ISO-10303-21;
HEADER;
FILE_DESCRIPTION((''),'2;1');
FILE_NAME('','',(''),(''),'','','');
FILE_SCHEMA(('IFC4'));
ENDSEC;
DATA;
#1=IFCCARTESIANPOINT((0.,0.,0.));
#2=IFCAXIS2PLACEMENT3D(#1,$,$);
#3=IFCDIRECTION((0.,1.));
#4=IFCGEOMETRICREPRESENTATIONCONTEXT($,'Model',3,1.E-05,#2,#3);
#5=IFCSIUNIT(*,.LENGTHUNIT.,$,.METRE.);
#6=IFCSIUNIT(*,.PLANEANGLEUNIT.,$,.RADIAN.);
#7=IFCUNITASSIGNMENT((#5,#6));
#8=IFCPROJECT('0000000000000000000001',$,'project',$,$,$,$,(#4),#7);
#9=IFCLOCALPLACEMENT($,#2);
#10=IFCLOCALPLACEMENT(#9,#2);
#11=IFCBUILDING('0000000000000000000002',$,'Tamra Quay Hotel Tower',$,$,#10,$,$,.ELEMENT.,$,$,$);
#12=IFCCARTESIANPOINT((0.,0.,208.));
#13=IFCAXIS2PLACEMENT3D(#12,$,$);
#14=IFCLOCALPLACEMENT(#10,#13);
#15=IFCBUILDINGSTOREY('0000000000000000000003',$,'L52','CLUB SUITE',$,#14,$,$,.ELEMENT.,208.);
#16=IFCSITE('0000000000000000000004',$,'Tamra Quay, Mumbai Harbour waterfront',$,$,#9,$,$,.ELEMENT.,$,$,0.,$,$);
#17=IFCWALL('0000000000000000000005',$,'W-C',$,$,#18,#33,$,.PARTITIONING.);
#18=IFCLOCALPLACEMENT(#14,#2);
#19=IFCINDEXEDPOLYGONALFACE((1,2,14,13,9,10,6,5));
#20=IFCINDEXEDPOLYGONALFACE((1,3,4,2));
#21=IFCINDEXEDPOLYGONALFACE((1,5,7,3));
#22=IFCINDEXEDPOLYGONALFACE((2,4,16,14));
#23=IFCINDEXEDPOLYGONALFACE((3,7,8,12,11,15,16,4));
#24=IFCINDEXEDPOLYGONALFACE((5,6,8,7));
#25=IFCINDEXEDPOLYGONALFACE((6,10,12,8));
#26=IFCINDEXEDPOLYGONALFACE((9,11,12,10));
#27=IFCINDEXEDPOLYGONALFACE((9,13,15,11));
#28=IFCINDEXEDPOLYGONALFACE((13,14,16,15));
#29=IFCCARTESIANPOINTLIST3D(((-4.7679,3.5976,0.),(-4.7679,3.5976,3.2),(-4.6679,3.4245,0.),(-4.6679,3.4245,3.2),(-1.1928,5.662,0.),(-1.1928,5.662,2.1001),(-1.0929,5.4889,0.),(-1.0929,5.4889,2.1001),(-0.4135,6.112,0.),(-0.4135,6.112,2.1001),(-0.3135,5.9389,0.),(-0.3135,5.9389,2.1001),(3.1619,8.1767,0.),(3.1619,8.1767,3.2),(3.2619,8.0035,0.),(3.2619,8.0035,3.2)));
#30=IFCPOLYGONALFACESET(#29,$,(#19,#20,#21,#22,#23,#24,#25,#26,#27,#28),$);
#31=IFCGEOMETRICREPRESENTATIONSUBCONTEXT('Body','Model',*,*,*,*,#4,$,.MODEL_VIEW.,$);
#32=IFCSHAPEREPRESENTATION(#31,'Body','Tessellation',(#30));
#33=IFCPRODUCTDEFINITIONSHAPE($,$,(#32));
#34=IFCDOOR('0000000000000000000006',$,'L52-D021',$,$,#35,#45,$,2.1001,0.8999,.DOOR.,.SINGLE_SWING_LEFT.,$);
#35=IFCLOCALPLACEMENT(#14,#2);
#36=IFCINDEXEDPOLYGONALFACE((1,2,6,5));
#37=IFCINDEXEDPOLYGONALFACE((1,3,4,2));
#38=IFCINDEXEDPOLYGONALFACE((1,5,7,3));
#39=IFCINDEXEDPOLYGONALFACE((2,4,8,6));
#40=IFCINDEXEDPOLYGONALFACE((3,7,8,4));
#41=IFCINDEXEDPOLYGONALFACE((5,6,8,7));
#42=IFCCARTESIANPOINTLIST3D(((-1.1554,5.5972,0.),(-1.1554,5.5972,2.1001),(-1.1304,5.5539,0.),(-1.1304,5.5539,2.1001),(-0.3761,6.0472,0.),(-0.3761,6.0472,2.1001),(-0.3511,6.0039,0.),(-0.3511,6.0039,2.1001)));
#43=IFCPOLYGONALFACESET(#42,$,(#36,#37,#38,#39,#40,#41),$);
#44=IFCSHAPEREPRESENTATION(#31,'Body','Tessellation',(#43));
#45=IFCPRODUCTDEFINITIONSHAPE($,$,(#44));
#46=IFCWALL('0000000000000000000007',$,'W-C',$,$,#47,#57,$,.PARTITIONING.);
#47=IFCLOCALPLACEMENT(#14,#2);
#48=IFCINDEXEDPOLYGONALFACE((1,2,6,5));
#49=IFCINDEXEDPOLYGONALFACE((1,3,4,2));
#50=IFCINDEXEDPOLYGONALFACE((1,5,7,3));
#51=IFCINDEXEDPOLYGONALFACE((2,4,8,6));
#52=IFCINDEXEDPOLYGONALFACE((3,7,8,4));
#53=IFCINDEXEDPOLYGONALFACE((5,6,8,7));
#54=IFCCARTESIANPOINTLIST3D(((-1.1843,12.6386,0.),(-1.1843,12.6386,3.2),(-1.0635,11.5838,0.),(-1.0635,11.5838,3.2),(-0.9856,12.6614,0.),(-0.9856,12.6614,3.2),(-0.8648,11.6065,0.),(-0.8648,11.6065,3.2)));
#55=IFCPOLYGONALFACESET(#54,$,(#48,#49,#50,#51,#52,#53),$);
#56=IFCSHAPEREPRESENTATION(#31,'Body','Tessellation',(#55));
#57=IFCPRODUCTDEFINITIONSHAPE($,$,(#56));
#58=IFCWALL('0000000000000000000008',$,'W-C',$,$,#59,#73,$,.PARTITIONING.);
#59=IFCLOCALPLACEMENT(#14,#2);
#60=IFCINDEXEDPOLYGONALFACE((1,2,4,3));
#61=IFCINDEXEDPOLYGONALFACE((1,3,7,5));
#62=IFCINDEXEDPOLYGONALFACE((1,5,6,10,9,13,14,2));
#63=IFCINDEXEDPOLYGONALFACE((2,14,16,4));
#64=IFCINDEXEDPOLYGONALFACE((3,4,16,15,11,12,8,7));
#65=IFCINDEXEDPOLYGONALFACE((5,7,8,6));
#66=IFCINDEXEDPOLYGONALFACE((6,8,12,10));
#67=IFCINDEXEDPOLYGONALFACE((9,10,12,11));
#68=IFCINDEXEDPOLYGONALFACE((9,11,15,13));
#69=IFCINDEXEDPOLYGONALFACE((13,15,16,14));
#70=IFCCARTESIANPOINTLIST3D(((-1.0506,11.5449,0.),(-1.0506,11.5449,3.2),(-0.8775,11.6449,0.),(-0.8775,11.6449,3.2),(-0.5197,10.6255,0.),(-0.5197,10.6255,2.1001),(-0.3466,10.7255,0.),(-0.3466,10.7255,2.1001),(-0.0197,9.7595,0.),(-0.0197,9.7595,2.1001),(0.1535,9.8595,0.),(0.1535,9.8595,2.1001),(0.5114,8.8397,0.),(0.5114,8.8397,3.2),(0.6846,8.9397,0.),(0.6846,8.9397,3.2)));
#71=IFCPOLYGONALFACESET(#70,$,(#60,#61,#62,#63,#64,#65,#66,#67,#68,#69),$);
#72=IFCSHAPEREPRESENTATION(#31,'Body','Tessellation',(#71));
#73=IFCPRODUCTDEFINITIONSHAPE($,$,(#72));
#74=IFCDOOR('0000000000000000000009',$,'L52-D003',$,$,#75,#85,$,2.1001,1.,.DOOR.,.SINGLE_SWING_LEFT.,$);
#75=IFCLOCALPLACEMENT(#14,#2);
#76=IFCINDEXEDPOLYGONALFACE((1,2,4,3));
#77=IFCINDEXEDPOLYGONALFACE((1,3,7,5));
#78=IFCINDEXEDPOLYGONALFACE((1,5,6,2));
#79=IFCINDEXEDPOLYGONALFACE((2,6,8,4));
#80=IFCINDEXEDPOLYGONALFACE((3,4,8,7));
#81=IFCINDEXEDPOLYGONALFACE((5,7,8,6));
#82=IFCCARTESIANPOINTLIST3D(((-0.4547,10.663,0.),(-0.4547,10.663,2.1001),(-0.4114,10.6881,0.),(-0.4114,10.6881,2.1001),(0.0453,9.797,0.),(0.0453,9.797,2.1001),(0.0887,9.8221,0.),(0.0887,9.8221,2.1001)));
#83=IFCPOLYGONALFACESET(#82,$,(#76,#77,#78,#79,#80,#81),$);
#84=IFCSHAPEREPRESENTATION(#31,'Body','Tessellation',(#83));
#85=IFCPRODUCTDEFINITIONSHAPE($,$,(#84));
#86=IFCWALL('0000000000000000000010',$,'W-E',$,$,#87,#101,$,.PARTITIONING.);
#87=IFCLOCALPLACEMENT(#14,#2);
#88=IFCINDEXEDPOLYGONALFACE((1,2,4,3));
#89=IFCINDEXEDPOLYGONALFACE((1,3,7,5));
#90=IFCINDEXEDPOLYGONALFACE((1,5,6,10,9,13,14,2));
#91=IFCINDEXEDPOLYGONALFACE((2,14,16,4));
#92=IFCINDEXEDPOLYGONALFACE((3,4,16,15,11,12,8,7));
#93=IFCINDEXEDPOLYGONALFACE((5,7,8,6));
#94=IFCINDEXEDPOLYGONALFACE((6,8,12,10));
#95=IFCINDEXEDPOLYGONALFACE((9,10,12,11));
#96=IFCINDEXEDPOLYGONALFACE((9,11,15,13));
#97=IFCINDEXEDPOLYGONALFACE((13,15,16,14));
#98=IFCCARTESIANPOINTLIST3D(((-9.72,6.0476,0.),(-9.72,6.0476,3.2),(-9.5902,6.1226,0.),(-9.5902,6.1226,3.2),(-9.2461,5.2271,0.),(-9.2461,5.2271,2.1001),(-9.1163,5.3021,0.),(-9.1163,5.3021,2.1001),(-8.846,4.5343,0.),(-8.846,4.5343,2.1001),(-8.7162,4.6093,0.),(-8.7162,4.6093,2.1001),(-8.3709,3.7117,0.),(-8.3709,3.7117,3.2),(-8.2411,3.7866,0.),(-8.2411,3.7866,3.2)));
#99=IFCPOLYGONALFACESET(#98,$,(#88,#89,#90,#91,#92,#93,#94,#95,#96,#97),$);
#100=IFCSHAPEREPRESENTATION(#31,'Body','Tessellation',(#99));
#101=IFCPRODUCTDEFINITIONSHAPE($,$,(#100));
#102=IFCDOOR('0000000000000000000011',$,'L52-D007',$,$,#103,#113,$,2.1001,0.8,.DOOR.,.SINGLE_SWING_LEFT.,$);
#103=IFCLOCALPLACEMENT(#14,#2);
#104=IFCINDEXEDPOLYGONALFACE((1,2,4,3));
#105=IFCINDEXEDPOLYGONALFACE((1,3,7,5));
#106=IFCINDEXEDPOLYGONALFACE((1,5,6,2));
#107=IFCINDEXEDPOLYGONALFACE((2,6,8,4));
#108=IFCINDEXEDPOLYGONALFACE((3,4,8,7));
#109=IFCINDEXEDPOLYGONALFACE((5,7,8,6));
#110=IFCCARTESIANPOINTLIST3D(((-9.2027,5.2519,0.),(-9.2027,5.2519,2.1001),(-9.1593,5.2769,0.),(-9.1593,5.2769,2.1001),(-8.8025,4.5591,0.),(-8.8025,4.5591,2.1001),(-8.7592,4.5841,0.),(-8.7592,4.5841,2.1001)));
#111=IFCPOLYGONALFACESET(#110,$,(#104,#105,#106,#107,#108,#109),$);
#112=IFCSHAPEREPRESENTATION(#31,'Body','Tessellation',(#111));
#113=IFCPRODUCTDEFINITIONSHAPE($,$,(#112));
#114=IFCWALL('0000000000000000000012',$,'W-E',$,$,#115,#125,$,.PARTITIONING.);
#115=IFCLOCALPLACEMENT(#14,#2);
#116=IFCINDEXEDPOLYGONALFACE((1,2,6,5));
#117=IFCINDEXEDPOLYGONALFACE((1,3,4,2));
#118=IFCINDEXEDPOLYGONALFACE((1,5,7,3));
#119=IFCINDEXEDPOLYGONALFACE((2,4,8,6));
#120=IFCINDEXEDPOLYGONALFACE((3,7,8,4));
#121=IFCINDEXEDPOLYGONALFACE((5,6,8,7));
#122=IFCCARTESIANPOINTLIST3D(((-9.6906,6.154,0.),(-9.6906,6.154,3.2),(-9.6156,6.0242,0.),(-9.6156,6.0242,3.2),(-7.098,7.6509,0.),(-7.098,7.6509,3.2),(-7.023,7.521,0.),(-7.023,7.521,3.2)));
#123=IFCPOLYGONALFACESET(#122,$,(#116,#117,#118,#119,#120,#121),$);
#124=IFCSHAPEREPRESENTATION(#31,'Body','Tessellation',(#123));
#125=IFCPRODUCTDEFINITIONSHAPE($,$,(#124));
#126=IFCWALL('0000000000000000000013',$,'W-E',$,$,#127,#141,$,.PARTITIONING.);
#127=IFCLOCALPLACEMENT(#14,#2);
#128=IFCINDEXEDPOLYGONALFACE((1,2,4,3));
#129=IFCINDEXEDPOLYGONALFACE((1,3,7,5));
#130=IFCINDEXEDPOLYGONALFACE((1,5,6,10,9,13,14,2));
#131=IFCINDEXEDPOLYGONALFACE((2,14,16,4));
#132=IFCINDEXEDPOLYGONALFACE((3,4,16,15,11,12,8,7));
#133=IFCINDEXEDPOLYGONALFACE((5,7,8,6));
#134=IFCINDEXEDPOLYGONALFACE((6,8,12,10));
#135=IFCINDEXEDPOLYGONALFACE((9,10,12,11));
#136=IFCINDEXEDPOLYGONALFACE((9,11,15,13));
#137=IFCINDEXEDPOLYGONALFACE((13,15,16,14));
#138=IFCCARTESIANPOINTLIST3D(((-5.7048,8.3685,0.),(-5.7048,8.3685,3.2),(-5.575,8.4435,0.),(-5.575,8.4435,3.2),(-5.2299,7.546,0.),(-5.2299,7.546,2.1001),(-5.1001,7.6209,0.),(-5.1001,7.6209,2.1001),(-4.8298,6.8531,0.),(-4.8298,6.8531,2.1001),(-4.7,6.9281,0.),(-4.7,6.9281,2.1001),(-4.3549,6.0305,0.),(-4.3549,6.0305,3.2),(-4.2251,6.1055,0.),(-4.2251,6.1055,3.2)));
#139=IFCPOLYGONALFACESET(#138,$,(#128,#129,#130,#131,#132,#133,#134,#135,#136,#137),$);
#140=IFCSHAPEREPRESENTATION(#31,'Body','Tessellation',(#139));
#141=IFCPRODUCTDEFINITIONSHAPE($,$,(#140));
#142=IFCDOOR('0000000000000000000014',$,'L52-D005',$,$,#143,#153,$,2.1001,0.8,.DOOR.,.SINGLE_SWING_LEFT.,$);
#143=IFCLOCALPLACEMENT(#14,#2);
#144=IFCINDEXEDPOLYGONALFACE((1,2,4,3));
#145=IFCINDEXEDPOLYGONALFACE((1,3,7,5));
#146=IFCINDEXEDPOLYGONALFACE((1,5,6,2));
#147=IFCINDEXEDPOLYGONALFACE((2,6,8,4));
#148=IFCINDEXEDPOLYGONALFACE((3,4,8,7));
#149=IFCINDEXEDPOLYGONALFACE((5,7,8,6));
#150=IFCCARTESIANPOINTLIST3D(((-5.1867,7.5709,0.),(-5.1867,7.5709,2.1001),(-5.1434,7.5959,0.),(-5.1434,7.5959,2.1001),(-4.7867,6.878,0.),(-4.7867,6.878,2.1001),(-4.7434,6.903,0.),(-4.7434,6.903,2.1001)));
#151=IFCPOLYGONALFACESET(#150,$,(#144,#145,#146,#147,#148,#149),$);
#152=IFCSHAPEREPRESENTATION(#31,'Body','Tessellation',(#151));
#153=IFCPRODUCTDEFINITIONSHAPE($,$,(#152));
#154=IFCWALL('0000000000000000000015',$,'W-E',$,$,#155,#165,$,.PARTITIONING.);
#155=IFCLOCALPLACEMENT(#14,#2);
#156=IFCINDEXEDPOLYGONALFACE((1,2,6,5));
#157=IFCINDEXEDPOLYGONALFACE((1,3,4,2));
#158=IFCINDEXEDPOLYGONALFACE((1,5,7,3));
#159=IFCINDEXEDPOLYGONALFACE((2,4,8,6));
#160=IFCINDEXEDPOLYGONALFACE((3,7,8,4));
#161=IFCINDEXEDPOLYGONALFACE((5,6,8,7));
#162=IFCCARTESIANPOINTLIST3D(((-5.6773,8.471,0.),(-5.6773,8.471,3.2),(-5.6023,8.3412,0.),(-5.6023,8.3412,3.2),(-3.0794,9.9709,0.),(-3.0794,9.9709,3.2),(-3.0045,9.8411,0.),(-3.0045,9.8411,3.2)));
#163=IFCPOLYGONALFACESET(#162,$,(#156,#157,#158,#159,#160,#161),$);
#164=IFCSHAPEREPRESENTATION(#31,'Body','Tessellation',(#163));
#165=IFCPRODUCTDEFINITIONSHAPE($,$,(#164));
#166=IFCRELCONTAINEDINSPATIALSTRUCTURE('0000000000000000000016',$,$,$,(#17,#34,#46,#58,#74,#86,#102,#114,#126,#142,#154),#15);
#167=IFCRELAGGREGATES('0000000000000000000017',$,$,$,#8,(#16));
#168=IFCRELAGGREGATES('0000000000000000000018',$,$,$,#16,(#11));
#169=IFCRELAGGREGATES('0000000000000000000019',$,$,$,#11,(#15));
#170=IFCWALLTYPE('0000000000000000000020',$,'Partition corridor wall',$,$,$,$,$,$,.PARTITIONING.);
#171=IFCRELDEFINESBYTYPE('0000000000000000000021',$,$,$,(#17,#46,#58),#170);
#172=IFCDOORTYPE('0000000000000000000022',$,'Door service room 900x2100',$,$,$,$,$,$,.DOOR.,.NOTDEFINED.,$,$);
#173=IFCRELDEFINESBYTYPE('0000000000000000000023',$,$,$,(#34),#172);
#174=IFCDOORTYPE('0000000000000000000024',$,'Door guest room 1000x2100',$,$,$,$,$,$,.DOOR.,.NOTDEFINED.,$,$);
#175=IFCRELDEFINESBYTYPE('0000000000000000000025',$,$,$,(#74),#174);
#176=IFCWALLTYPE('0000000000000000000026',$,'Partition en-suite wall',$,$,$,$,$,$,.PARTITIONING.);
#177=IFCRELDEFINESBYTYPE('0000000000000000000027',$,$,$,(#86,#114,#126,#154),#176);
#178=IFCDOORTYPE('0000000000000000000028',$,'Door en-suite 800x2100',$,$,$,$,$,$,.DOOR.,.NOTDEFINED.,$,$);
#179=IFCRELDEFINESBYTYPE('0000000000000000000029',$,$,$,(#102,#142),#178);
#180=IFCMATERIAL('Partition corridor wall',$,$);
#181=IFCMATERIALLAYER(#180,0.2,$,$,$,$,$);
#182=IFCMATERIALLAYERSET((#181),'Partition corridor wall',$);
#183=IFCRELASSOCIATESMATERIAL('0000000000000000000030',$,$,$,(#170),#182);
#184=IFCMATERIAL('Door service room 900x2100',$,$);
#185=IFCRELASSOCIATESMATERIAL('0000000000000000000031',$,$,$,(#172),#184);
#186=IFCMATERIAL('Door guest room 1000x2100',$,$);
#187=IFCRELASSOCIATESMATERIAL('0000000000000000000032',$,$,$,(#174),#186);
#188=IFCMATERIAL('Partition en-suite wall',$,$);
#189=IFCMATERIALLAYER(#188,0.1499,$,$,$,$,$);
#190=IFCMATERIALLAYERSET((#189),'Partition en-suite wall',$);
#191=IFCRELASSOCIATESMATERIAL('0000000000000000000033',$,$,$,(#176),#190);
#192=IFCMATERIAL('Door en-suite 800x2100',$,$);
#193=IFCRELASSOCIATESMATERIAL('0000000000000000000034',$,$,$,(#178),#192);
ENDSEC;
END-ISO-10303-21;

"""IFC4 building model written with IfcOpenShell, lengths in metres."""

from ifc_helpers import new_model, si_unit, direction, frame, frame_2d, origin, place, context, subcontext, project, spatial, rectangle, extrude, material, layer, layer_set, type_object, element, fill, save


model = new_model("IFC4")

# Units and contexts
model_context = context("Model", 3, precision=1e-05, world=origin(), true_north=direction((0.0, 1.0)))
body_context = subcontext(model_context, "Body", "Model", "MODEL_VIEW")
ifc_project = project(units=[si_unit("LENGTHUNIT", "METRE"), si_unit("PLANEANGLEUNIT", "RADIAN")], contexts=[model_context])

# Site, building, storey
site_placement = place(None, origin())
site = spatial("IfcSite", under=ifc_project, at=site_placement, Name="Tamra Quay, Mumbai Harbour waterfront", CompositionType="ELEMENT", RefElevation=0.0)
building_placement = place(site_placement, origin())
building = spatial("IfcBuilding", under=site, at=building_placement, Name="Tamra Quay Hotel Tower", CompositionType="ELEMENT")
storey_placement = place(building_placement, frame((0.0, 0.0, 208.0)))
storey = spatial("IfcBuildingStorey", under=building, at=storey_placement, Name="L52", Description="CLUB SUITE", CompositionType="ELEMENT", Elevation=208.0)

# Shared definitions
ifc_material_1 = material(Name="Partition corridor wall")
ifc_layer_1 = layer(ifc_material_1, 0.2)
ifc_layer_set_1 = layer_set([ifc_layer_1], Name="Partition corridor wall")
wall_type_1 = type_object("IfcWallType", Name="Partition corridor wall", PredefinedType="PARTITIONING", material=ifc_layer_set_1)

# Wall, opening, door
wall_1_placement = place(storey_placement, frame((-4.718, 3.511, 0.0), z_axis=(0.0, 0.0, 1.0), x_axis=(0.86599, 0.500062, 0.0)))
wall_1 = element("IfcWall", 1, at=wall_1_placement, inside=storey, type_object=wall_type_1, Name="W-C", PredefinedType="PARTITIONING", context=body_context, shape_type="SweptSolid", body=[
    extrude(rectangle(XDim=9.157, YDim=0.2, at=frame_2d((4.5786, 0.0))), origin(), (0.0, 0.0, 1.0), 3.2),
])
opening_1_placement = place(wall_1_placement, frame((4.1284, 0.0, 0.0)))
opening_1 = element("IfcOpeningElement", 2, at=opening_1_placement, cuts=wall_1, PredefinedType="OPENING", context=body_context, shape_type="SweptSolid", body=[
    extrude(rectangle(XDim=0.8999, YDim=2.1001, at=frame_2d((0.45, 1.05))), frame((0.0, 0.1099, 0.0), z_axis=(0.0, -1.0, 0.0), x_axis=(1.0, 0.0, 0.0)), (0.0, 0.0, 1.0), 0.22),
])
ifc_material_2 = material(Name="Door service room 900x2100")
door_type_1 = type_object("IfcDoorType", Name="Door service room 900x2100", OperationType="NOTDEFINED", PredefinedType="DOOR", material=ifc_material_2)
door_1_placement = place(opening_1_placement, frame((0.8999, 0.0, 0.0), z_axis=(0.0, 0.0, 1.0), x_axis=(-1.0, 0.0, 0.0)))
door_1 = element("IfcDoor", 3, at=door_1_placement, inside=storey, type_object=door_type_1, Name="L52-D021", OperationType="SINGLE_SWING_LEFT", OverallHeight=2.1001, OverallWidth=0.8999, PredefinedType="DOOR", context=body_context, shape_type="SweptSolid", body=[
    extrude(rectangle(XDim=0.8999, YDim=2.1001, at=frame_2d((0.45, 1.05))), frame((0.0, 0.0249, 0.0), z_axis=(0.0, -1.0, 0.0), x_axis=(1.0, 0.0, 0.0)), (0.0, 0.0, 1.0), 0.05),
])
fill(opening_1, door_1)

# Wall
wall_2_placement = place(storey_placement, frame((-1.085, 12.6499, 0.0), z_axis=(0.0, 0.0, 1.0), x_axis=(0.113812, -0.993502, 0.0)))
element("IfcWall", 4, at=wall_2_placement, inside=storey, type_object=wall_type_1, Name="W-C", PredefinedType="PARTITIONING", context=body_context, shape_type="SweptSolid", body=[
    extrude(rectangle(XDim=1.0618, YDim=0.2, at=frame_2d((0.5308, 0.0))), origin(), (0.0, 0.0, 1.0), 3.2),
])

# Walls, openings, doors
wall_3_placement = place(storey_placement, frame((-0.9641, 11.595, 0.0), z_axis=(0.0, 0.0, 1.0), x_axis=(0.500056, -0.865993, 0.0)))
wall_3 = element("IfcWall", 5, at=wall_3_placement, inside=storey, type_object=wall_type_1, Name="W-C", PredefinedType="PARTITIONING", context=body_context, shape_type="SweptSolid", body=[
    extrude(rectangle(XDim=3.1238, YDim=0.2, at=frame_2d((1.562, 0.0))), origin(), (0.0, 0.0, 1.0), 3.2),
])
opening_2_placement = place(wall_3_placement, frame((1.0618, 0.0, 0.0)))
opening_2 = element("IfcOpeningElement", 6, at=opening_2_placement, cuts=wall_3, PredefinedType="OPENING", context=body_context, shape_type="SweptSolid", body=[
    extrude(rectangle(XDim=1.0, YDim=2.1001, at=frame_2d((0.5, 1.05))), frame((0.0, 0.1099, 0.0), z_axis=(0.0, -1.0, 0.0), x_axis=(1.0, 0.0, 0.0)), (0.0, 0.0, 1.0), 0.22),
])
ifc_material_3 = material(Name="Door guest room 1000x2100")
door_type_2 = type_object("IfcDoorType", Name="Door guest room 1000x2100", OperationType="NOTDEFINED", PredefinedType="DOOR", material=ifc_material_3)
door_2_placement = place(opening_2_placement, frame((1.0, 0.0, 0.0), z_axis=(0.0, 0.0, 1.0), x_axis=(-1.0, 0.0, 0.0)))
door_2 = element("IfcDoor", 7, at=door_2_placement, inside=storey, type_object=door_type_2, Name="L52-D003", OperationType="SINGLE_SWING_LEFT", OverallHeight=2.1001, OverallWidth=1.0, PredefinedType="DOOR", context=body_context, shape_type="SweptSolid", body=[
    extrude(rectangle(XDim=1.0, YDim=2.1001, at=frame_2d((0.5, 1.05))), frame((0.0, 0.0249, 0.0), z_axis=(0.0, -1.0, 0.0), x_axis=(1.0, 0.0, 0.0)), (0.0, 0.0, 1.0), 0.05),
])
fill(opening_2, door_2)
ifc_material_4 = material(Name="Partition en-suite wall")
ifc_layer_2 = layer(ifc_material_4, 0.1499)
ifc_layer_set_2 = layer_set([ifc_layer_2], Name="Partition en-suite wall")
wall_type_2 = type_object("IfcWallType", Name="Partition en-suite wall", PredefinedType="PARTITIONING", material=ifc_layer_set_2)
wall_4_placement = place(storey_placement, frame((-9.655, 6.085, 0.0), z_axis=(0.0, 0.0, 1.0), x_axis=(0.50013, -0.86595, 0.0)))
wall_4 = element("IfcWall", 8, at=wall_4_placement, inside=storey, type_object=wall_type_2, Name="W-E", PredefinedType="PARTITIONING", context=body_context, shape_type="SweptSolid", body=[
    extrude(rectangle(XDim=2.6975, YDim=0.1499, at=frame_2d((1.3486, 0.0))), origin(), (0.0, 0.0, 1.0), 3.2),
])
opening_3_placement = place(wall_4_placement, frame((0.9475, 0.0, 0.0)))
opening_3 = element("IfcOpeningElement", 9, at=opening_3_placement, cuts=wall_4, PredefinedType="OPENING", context=body_context, shape_type="SweptSolid", body=[
    extrude(rectangle(XDim=0.8, YDim=2.1001, at=frame_2d((0.3999, 1.05))), frame((0.0, 0.085, 0.0), z_axis=(0.0, -1.0, 0.0), x_axis=(1.0, 0.0, 0.0)), (0.0, 0.0, 1.0), 0.1699),
])
ifc_material_5 = material(Name="Door en-suite 800x2100")
door_type_3 = type_object("IfcDoorType", Name="Door en-suite 800x2100", OperationType="NOTDEFINED", PredefinedType="DOOR", material=ifc_material_5)
door_3_placement = place(opening_3_placement, frame((0.8, 0.0, 0.0), z_axis=(0.0, 0.0, 1.0), x_axis=(-1.0, 0.0, 0.0)))
door_3 = element("IfcDoor", 10, at=door_3_placement, inside=storey, type_object=door_type_3, Name="L52-D007", OperationType="SINGLE_SWING_LEFT", OverallHeight=2.1001, OverallWidth=0.8, PredefinedType="DOOR", context=body_context, shape_type="SweptSolid", body=[
    extrude(rectangle(XDim=0.8, YDim=2.1001, at=frame_2d((0.3999, 1.05))), frame((0.0, 0.0249, 0.0), z_axis=(0.0, -1.0, 0.0), x_axis=(1.0, 0.0, 0.0)), (0.0, 0.0, 1.0), 0.05),
])
fill(opening_3, door_3)

# Wall
wall_5_placement = place(storey_placement, frame((-9.6531, 6.0891, 0.0), z_axis=(0.0, 0.0, 1.0), x_axis=(0.866021, 0.500007, 0.0)))
element("IfcWall", 11, at=wall_5_placement, inside=storey, type_object=wall_type_2, Name="W-E", PredefinedType="PARTITIONING", context=body_context, shape_type="SweptSolid", body=[
    extrude(rectangle(XDim=2.9937, YDim=0.1499, at=frame_2d((1.4968, 0.0))), origin(), (0.0, 0.0, 1.0), 3.2),
])

# Wall, opening, door
wall_6_placement = place(storey_placement, frame((-5.6399, 8.406, 0.0), z_axis=(0.0, 0.0, 1.0), x_axis=(0.50002, -0.866014, 0.0)))
wall_6 = element("IfcWall", 12, at=wall_6_placement, inside=storey, type_object=wall_type_2, Name="W-E", PredefinedType="PARTITIONING", context=body_context, shape_type="SweptSolid", body=[
    extrude(rectangle(XDim=2.6997, YDim=0.1499, at=frame_2d((1.3499, 0.0))), origin(), (0.0, 0.0, 1.0), 3.2),
])
opening_4_placement = place(wall_6_placement, frame((0.95, 0.0, 0.0)))
opening_4 = element("IfcOpeningElement", 13, at=opening_4_placement, cuts=wall_6, PredefinedType="OPENING", context=body_context, shape_type="SweptSolid", body=[
    extrude(rectangle(XDim=0.8, YDim=2.1001, at=frame_2d((0.3999, 1.05))), frame((0.0, 0.085, 0.0), z_axis=(0.0, -1.0, 0.0), x_axis=(1.0, 0.0, 0.0)), (0.0, 0.0, 1.0), 0.1699),
])
door_4_placement = place(opening_4_placement, origin())
door_4 = element("IfcDoor", 14, at=door_4_placement, inside=storey, type_object=door_type_3, Name="L52-D005", OperationType="SINGLE_SWING_LEFT", OverallHeight=2.1001, OverallWidth=0.8, PredefinedType="DOOR", context=body_context, shape_type="SweptSolid", body=[
    extrude(rectangle(XDim=0.8, YDim=2.1001, at=frame_2d((0.3999, 1.05))), frame((0.0, 0.0249, 0.0), z_axis=(0.0, -1.0, 0.0), x_axis=(1.0, 0.0, 0.0)), (0.0, 0.0, 1.0), 0.05),
])
fill(opening_4, door_4)

# Wall
wall_7_placement = place(storey_placement, frame((-5.6399, 8.406, 0.0), z_axis=(0.0, 0.0, 1.0), x_axis=(0.866011, 0.500025, 0.0)))
element("IfcWall", 15, at=wall_7_placement, inside=storey, type_object=wall_type_2, Name="W-E", PredefinedType="PARTITIONING", context=body_context, shape_type="SweptSolid", body=[
    extrude(rectangle(XDim=2.9998, YDim=0.1499, at=frame_2d((1.5, 0.0))), origin(), (0.0, 0.0, 1.0), 3.2),
])

save(model, "model.ifc")
